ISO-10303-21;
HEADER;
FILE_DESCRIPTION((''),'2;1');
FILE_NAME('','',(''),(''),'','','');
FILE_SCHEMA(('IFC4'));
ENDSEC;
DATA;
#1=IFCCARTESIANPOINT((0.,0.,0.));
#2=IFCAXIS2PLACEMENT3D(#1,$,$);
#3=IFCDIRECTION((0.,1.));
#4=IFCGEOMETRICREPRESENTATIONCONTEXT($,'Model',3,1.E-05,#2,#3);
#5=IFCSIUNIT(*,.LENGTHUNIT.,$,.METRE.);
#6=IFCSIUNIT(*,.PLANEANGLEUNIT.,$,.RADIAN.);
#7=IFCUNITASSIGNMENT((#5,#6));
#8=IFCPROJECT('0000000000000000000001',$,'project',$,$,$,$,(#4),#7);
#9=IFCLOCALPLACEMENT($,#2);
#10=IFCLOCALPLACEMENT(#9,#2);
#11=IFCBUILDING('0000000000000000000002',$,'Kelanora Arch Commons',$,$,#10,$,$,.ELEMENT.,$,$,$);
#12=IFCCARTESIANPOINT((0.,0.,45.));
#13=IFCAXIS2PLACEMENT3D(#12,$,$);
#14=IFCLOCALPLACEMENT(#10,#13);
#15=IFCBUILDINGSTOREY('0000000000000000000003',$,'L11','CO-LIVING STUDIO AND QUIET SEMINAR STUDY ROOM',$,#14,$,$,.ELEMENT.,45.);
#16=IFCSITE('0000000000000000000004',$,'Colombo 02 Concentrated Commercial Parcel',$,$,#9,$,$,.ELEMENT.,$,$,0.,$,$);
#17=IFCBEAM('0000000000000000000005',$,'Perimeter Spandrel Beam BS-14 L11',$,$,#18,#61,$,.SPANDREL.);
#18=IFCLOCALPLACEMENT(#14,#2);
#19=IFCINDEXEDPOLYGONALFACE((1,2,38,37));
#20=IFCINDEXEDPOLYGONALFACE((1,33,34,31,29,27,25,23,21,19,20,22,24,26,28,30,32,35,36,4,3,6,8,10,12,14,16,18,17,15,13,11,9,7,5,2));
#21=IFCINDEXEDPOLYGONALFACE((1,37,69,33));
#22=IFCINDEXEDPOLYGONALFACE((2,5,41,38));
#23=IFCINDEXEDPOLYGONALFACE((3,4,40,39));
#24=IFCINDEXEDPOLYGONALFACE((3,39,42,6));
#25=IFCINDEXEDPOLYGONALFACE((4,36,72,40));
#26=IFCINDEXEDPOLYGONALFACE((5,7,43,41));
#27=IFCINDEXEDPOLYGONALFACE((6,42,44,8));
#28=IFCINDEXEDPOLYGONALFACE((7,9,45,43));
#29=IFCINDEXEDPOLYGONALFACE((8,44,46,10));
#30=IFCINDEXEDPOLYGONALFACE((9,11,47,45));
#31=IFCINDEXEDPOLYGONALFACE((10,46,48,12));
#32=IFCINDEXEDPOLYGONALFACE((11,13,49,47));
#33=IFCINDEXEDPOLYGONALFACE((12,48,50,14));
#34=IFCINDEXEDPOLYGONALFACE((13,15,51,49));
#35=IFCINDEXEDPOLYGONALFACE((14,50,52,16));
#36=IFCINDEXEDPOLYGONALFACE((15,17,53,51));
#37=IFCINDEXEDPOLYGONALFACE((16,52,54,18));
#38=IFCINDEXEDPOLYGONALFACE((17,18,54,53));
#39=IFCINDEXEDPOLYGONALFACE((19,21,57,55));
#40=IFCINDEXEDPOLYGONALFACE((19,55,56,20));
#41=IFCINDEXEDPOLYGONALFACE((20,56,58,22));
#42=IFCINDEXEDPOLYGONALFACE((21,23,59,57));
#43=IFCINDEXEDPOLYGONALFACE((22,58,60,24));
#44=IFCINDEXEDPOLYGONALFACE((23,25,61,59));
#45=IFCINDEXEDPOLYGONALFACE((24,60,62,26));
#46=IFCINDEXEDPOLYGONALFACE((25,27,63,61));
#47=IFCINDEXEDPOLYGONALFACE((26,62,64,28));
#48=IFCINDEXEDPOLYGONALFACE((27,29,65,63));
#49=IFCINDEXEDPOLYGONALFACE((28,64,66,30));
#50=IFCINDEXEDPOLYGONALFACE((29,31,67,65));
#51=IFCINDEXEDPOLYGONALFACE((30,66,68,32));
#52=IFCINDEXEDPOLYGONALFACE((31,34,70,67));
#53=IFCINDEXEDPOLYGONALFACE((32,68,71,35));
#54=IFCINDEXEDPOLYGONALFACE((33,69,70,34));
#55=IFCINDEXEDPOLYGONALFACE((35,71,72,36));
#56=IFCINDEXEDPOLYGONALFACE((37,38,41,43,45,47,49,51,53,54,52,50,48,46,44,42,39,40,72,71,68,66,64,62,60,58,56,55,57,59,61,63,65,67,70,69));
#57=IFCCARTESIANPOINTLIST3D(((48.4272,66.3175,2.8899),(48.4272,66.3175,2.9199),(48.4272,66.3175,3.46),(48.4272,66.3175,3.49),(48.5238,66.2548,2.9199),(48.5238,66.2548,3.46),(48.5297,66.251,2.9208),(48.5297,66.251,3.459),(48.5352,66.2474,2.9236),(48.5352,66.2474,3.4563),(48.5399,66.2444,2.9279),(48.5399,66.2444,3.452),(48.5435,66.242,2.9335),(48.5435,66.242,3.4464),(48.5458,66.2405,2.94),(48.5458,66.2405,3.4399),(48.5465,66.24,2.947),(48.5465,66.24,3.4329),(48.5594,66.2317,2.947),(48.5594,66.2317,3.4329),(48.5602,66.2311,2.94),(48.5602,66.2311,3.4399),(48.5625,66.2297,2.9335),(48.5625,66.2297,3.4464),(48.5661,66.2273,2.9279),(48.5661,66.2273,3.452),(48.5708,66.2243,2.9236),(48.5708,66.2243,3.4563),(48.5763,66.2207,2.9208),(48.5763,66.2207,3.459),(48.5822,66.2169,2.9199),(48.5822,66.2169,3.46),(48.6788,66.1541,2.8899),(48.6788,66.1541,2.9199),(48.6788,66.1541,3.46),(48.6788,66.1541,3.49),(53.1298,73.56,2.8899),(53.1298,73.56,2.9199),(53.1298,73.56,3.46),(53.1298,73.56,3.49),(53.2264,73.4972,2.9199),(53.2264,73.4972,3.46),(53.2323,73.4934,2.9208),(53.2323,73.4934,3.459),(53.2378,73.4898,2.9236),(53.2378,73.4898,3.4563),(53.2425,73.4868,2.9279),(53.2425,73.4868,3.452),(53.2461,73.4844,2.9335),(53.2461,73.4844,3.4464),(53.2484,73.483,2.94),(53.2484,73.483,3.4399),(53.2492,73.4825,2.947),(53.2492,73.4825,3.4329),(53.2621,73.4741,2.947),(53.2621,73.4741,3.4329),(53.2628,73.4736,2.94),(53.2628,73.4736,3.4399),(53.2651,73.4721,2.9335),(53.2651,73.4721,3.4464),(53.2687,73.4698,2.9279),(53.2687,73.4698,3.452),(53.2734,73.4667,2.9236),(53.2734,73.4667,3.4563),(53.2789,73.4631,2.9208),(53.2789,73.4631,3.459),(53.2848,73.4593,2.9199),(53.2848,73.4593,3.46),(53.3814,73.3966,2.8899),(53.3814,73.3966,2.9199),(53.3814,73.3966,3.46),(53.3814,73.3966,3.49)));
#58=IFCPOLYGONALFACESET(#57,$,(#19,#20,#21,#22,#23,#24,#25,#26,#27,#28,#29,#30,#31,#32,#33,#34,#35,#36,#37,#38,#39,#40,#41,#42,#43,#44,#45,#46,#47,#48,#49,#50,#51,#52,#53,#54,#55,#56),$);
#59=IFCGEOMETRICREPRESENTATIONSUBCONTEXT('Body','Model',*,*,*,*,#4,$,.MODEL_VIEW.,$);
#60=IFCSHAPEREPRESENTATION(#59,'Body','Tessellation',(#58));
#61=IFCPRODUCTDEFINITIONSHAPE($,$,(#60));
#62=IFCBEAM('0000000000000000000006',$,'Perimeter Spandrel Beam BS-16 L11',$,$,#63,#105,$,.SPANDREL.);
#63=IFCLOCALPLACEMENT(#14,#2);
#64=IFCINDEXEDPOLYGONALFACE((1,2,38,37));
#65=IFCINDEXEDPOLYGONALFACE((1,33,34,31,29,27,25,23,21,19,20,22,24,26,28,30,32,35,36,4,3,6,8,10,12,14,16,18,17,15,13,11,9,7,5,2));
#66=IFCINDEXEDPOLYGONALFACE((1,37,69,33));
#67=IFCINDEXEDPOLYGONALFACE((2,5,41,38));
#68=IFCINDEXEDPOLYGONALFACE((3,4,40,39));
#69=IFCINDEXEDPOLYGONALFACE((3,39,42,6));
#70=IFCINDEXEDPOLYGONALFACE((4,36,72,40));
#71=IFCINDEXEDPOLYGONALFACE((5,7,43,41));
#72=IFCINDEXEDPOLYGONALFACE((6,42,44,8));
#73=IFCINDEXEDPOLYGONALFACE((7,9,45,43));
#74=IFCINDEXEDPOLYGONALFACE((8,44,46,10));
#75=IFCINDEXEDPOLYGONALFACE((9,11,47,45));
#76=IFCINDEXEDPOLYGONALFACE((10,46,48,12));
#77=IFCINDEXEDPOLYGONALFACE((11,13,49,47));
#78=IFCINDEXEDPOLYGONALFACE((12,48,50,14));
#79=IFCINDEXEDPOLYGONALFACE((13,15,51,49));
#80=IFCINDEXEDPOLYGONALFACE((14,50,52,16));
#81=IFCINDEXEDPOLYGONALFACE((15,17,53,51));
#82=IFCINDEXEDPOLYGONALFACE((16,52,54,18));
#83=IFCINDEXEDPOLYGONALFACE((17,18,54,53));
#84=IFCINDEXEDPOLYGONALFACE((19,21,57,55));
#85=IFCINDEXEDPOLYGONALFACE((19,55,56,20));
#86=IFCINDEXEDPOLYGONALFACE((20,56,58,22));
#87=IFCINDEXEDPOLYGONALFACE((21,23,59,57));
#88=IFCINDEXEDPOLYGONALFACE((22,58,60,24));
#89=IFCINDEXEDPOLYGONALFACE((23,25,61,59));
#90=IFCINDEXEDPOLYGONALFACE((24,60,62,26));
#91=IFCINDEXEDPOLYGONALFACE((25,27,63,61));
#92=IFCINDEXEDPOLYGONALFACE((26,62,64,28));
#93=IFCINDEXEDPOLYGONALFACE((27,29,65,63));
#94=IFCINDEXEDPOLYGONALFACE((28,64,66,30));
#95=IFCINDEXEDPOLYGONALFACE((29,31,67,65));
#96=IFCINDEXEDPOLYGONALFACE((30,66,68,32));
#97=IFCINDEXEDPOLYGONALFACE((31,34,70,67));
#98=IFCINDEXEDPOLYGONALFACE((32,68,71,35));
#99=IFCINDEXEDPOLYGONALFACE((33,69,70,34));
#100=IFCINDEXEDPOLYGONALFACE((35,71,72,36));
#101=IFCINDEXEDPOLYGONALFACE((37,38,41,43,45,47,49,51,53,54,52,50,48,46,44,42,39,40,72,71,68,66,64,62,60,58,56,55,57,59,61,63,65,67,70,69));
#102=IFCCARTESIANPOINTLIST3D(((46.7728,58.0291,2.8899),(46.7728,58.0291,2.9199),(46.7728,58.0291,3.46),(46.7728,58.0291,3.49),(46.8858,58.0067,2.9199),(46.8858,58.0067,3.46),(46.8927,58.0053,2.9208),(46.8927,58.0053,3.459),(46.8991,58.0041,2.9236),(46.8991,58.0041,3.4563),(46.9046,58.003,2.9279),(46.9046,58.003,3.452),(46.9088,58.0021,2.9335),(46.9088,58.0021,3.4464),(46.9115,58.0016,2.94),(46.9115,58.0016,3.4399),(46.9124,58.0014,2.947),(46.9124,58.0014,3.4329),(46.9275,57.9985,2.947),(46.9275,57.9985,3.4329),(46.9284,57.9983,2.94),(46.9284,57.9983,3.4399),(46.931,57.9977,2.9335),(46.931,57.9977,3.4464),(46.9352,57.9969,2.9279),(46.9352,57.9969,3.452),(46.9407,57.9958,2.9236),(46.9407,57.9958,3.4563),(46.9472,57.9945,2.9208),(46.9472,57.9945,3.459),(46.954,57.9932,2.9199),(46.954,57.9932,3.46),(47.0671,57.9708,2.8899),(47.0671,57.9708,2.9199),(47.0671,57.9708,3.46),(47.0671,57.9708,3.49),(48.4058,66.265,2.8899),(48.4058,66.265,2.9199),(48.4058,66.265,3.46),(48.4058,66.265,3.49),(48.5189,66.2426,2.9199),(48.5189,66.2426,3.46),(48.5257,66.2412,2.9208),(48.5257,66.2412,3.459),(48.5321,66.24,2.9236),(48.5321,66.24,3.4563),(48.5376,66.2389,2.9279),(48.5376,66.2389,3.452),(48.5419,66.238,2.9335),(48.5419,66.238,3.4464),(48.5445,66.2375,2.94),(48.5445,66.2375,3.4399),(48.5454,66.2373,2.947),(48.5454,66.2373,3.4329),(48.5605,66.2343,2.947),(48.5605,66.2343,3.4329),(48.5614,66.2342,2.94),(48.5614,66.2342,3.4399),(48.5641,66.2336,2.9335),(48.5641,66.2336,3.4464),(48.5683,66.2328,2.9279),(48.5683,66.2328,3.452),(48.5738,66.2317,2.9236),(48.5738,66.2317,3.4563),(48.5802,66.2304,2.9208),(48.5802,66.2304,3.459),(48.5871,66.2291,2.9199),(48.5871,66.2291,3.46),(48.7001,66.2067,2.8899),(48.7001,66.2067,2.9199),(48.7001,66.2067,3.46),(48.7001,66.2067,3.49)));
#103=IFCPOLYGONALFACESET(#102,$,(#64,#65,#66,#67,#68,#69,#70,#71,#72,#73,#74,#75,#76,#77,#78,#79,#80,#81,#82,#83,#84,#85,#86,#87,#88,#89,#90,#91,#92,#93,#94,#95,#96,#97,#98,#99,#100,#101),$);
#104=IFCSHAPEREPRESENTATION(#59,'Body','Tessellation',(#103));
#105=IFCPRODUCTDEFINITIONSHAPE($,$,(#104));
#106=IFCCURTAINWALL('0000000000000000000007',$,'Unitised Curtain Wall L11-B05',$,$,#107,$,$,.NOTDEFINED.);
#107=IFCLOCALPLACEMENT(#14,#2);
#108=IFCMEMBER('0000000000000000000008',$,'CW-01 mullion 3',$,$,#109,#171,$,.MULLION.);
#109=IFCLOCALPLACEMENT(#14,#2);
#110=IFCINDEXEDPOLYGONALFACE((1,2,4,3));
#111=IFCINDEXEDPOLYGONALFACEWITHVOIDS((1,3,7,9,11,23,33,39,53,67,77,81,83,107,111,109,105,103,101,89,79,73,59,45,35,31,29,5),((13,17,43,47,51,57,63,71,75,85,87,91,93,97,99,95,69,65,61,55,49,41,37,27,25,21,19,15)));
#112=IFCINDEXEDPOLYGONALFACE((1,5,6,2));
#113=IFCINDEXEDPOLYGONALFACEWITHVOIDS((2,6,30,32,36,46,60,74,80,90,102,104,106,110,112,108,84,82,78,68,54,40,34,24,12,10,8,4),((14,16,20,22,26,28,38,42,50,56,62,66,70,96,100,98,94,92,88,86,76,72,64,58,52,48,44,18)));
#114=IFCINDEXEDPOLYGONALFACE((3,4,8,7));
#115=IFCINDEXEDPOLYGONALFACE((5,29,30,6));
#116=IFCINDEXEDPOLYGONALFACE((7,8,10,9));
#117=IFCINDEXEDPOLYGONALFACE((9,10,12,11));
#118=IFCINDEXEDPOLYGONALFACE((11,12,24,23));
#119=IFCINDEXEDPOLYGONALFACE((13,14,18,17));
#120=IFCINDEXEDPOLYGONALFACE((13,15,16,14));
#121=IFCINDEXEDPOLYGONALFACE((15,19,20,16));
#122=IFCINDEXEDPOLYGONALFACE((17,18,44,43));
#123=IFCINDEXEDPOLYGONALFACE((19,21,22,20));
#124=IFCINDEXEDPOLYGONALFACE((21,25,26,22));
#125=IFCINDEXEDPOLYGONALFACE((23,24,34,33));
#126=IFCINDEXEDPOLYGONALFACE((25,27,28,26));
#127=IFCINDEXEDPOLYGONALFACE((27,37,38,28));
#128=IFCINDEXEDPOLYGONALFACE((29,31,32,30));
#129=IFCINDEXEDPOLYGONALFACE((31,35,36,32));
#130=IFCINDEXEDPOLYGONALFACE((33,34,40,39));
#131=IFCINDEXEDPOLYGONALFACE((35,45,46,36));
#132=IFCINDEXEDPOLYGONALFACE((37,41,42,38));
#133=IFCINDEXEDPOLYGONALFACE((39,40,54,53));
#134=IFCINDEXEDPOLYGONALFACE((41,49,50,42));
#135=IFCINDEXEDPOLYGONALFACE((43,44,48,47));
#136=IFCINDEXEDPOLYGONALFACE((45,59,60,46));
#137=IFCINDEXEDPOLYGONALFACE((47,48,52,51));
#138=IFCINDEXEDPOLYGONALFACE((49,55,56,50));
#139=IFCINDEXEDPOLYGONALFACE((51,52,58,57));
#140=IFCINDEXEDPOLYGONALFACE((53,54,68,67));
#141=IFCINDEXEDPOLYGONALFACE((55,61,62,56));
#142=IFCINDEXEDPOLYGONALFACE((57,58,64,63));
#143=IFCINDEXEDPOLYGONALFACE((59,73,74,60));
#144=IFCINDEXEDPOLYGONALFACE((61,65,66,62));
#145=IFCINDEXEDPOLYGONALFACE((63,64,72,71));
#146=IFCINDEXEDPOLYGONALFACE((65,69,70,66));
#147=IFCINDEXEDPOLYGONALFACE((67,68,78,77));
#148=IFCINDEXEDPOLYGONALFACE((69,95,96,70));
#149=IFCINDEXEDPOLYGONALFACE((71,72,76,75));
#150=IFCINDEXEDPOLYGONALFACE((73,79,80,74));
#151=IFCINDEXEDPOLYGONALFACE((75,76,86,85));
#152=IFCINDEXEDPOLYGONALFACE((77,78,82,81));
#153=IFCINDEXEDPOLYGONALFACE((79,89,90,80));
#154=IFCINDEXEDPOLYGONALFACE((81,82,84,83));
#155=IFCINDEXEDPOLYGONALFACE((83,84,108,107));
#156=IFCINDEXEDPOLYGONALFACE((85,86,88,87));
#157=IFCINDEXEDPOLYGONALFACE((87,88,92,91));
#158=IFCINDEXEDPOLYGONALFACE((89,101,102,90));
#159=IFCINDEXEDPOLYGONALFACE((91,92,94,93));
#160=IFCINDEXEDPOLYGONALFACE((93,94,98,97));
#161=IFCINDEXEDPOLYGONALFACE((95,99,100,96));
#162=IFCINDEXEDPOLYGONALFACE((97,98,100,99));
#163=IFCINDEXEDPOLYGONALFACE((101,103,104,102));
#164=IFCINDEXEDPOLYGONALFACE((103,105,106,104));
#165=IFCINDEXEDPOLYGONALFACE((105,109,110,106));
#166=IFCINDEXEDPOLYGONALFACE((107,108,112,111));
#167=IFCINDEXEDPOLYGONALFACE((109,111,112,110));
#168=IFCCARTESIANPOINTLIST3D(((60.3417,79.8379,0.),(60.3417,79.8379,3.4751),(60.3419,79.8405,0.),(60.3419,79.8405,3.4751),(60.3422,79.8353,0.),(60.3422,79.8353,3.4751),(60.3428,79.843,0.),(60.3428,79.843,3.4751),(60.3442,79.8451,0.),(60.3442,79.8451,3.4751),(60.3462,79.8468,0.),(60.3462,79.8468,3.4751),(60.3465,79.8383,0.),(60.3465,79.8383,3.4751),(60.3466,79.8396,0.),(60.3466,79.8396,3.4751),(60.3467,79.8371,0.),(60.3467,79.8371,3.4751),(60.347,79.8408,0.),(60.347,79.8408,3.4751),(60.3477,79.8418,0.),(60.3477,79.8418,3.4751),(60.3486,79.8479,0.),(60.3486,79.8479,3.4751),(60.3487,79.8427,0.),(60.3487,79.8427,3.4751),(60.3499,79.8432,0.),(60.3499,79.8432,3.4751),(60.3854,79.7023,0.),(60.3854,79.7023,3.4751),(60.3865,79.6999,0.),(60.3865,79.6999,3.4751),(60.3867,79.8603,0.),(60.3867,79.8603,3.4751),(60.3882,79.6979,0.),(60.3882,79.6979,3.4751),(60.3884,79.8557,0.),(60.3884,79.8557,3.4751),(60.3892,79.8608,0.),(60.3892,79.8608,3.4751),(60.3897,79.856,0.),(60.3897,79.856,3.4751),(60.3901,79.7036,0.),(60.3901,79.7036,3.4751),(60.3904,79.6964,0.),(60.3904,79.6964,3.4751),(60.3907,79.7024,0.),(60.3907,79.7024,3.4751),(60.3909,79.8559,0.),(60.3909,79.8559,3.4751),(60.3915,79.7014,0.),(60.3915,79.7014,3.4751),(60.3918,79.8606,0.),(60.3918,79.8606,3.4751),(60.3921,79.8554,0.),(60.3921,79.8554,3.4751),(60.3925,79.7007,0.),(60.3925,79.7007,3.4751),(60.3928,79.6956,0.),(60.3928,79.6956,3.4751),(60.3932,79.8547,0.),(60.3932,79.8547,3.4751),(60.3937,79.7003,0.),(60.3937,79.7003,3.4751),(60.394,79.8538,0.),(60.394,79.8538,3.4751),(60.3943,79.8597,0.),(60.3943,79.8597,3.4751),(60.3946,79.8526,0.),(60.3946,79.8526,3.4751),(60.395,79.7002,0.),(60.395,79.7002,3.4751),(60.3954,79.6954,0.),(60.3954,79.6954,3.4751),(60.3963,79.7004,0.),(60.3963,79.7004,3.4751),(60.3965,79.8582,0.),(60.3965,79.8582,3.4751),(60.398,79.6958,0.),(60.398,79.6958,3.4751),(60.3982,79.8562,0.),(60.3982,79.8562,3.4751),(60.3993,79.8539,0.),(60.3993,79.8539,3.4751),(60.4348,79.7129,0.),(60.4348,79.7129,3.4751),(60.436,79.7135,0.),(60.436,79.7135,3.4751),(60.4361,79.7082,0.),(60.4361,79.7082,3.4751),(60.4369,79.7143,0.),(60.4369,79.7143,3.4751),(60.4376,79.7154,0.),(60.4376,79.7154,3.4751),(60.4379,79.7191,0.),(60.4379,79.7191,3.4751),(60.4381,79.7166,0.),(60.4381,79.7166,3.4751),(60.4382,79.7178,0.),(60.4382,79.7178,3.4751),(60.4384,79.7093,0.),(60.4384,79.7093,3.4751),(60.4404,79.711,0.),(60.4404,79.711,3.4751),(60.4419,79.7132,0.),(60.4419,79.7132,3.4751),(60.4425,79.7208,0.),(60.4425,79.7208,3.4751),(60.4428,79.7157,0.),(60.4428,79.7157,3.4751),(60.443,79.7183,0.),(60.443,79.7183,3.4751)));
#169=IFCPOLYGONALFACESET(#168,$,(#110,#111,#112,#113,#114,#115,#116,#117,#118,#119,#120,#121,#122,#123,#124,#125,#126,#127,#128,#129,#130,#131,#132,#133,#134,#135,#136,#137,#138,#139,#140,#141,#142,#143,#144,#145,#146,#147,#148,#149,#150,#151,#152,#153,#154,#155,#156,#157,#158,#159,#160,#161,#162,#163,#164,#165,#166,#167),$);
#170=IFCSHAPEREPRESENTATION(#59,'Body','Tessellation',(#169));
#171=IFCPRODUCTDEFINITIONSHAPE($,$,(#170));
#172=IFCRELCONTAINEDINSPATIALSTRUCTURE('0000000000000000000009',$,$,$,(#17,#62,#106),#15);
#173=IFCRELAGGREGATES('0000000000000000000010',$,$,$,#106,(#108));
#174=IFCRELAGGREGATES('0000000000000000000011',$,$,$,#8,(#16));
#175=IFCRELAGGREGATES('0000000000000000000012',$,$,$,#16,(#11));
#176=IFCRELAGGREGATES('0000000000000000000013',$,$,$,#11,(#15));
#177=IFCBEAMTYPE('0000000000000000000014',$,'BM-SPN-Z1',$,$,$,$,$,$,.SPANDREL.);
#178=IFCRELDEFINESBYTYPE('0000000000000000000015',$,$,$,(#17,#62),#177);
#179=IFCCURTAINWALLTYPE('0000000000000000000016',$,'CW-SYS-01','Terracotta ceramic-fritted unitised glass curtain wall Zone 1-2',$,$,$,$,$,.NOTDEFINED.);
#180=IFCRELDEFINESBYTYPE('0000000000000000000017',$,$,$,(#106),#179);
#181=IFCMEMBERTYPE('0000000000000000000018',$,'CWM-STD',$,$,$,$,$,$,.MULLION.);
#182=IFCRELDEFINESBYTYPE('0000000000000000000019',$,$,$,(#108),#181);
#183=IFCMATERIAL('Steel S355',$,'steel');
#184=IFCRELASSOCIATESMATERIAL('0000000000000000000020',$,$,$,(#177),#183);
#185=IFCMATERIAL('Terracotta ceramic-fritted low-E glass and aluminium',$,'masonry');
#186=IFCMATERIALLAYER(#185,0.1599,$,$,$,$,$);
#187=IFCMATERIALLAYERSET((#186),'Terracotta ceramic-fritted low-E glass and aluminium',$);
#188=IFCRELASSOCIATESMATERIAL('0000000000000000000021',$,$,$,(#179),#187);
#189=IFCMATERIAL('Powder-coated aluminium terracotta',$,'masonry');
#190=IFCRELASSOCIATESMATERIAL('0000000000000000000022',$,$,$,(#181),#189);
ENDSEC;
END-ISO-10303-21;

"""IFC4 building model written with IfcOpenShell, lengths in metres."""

from ifc_helpers import new_model, si_unit, direction, frame, origin, origin_2d, place, context, subcontext, project, spatial, hollow_rectangle, i_section, extrude, material, layer, layer_set, material_profile, profile_set, type_object, element, aggregate, save


model = new_model("IFC4")

# Units and contexts
model_context = context("Model", 3, precision=1e-05, world=origin(), true_north=direction((0.0, 1.0)))
body_context = subcontext(model_context, "Body", "Model", "MODEL_VIEW")
ifc_project = project(units=[si_unit("LENGTHUNIT", "METRE"), si_unit("PLANEANGLEUNIT", "RADIAN")], contexts=[model_context])

# Site, building, storey
site_placement = place(None, origin())
site = spatial("IfcSite", under=ifc_project, at=site_placement, Name="Colombo 02 Concentrated Commercial Parcel", CompositionType="ELEMENT", RefElevation=0.0)
building_placement = place(site_placement, origin())
building = spatial("IfcBuilding", under=site, at=building_placement, Name="Kelanora Arch Commons", CompositionType="ELEMENT")
storey_placement = place(building_placement, frame((0.0, 0.0, 45.0)))
storey = spatial("IfcBuildingStorey", under=building, at=storey_placement, Name="L11", Description="CO-LIVING STUDIO AND QUIET SEMINAR STUDY ROOM", CompositionType="ELEMENT", Elevation=45.0)

# Beams
ifc_material_1 = material(Name="Steel S355", Category="steel")
ifc_material_profile_1 = material_profile(ifc_material_1, i_section(OverallWidth=0.3, OverallDepth=0.6001, WebThickness=0.0154, FlangeThickness=0.03, FilletRadius=0.0271, at=origin_2d()), Name="HEB600")
ifc_profile_set_1 = profile_set([ifc_material_profile_1], Name="Steel S355")
beam_type_1 = type_object("IfcBeamType", Name="BM-SPN-Z1", PredefinedType="SPANDREL", material=ifc_profile_set_1)
beam_1_placement = place(storey_placement, frame((53.2556, 73.4783, 3.1899), z_axis=(-0.544586, -0.838705, 0.0), x_axis=(0.838705, -0.544586, 0.0)))
element("IfcBeam", 1, at=beam_1_placement, inside=storey, type_object=beam_type_1, Name="Perimeter Spandrel Beam BS-14 L11", PredefinedType="SPANDREL", context=body_context, shape_type="SweptSolid", body=[
    extrude(i_section(OverallWidth=0.3, OverallDepth=0.6001, WebThickness=0.0154, FlangeThickness=0.03, FilletRadius=0.0271, at=origin_2d()), origin(), (0.0, 0.0, 1.0), 8.6353),
])
beam_2_placement = place(storey_placement, frame((48.553, 66.2358, 3.1899), z_axis=(-0.1945, -0.980903, 0.0), x_axis=(0.980903, -0.1945, 0.0)))
element("IfcBeam", 2, at=beam_2_placement, inside=storey, type_object=beam_type_1, Name="Perimeter Spandrel Beam BS-16 L11", PredefinedType="SPANDREL", context=body_context, shape_type="SweptSolid", body=[
    extrude(i_section(OverallWidth=0.3, OverallDepth=0.6001, WebThickness=0.0154, FlangeThickness=0.03, FilletRadius=0.0271, at=origin_2d()), origin(), (0.0, 0.0, 1.0), 8.3962),
])

# Curtain wall, member
ifc_material_2 = material(Name="Terracotta ceramic-fritted low-E glass and aluminium", Category="masonry")
ifc_layer_1 = layer(ifc_material_2, 0.1599)
ifc_layer_set_1 = layer_set([ifc_layer_1], Name="Terracotta ceramic-fritted low-E glass and aluminium")
curtain_wall_type = type_object("IfcCurtainWallType", Name="CW-SYS-01", Description="Terracotta ceramic-fritted unitised glass curtain wall Zone 1-2", PredefinedType="NOTDEFINED", material=ifc_layer_set_1)
curtain_wall_1_placement = place(storey_placement, origin())
curtain_wall_1 = element("IfcCurtainWall", 3, at=curtain_wall_1_placement, inside=storey, type_object=curtain_wall_type, Name="Unitised Curtain Wall L11-B05", PredefinedType="NOTDEFINED")
ifc_material_3 = material(Name="Powder-coated aluminium terracotta", Category="masonry")
ifc_material_profile_2 = material_profile(ifc_material_3, hollow_rectangle(XDim=0.1599, YDim=0.0601, WallThickness=0.0049, InnerFilletRadius=0.0049, OuterFilletRadius=0.01, at=origin_2d()), Name="CWM160x60")
ifc_profile_set_2 = profile_set([ifc_material_profile_2], Name="Powder-coated aluminium terracotta")
member_type = type_object("IfcMemberType", Name="CWM-STD", PredefinedType="MULLION", material=ifc_profile_set_2)
member_1_placement = place(storey_placement, frame((60.3923, 79.7781, 0.0), z_axis=(0.0, 0.0, 1.0), x_axis=(0.309058, -0.951043, 0.0)))
member_1 = element("IfcMember", 4, at=member_1_placement, type_object=member_type, Name="CW-01 mullion 3", PredefinedType="MULLION", context=body_context, shape_type="SweptSolid", body=[
    extrude(hollow_rectangle(XDim=0.1599, YDim=0.0601, WallThickness=0.0049, InnerFilletRadius=0.0049, OuterFilletRadius=0.01, at=origin_2d()), origin(), (0.0, 0.0, 1.0), 3.4751),
])

aggregate(curtain_wall_1, [member_1])

save(model, "model.ifc")
